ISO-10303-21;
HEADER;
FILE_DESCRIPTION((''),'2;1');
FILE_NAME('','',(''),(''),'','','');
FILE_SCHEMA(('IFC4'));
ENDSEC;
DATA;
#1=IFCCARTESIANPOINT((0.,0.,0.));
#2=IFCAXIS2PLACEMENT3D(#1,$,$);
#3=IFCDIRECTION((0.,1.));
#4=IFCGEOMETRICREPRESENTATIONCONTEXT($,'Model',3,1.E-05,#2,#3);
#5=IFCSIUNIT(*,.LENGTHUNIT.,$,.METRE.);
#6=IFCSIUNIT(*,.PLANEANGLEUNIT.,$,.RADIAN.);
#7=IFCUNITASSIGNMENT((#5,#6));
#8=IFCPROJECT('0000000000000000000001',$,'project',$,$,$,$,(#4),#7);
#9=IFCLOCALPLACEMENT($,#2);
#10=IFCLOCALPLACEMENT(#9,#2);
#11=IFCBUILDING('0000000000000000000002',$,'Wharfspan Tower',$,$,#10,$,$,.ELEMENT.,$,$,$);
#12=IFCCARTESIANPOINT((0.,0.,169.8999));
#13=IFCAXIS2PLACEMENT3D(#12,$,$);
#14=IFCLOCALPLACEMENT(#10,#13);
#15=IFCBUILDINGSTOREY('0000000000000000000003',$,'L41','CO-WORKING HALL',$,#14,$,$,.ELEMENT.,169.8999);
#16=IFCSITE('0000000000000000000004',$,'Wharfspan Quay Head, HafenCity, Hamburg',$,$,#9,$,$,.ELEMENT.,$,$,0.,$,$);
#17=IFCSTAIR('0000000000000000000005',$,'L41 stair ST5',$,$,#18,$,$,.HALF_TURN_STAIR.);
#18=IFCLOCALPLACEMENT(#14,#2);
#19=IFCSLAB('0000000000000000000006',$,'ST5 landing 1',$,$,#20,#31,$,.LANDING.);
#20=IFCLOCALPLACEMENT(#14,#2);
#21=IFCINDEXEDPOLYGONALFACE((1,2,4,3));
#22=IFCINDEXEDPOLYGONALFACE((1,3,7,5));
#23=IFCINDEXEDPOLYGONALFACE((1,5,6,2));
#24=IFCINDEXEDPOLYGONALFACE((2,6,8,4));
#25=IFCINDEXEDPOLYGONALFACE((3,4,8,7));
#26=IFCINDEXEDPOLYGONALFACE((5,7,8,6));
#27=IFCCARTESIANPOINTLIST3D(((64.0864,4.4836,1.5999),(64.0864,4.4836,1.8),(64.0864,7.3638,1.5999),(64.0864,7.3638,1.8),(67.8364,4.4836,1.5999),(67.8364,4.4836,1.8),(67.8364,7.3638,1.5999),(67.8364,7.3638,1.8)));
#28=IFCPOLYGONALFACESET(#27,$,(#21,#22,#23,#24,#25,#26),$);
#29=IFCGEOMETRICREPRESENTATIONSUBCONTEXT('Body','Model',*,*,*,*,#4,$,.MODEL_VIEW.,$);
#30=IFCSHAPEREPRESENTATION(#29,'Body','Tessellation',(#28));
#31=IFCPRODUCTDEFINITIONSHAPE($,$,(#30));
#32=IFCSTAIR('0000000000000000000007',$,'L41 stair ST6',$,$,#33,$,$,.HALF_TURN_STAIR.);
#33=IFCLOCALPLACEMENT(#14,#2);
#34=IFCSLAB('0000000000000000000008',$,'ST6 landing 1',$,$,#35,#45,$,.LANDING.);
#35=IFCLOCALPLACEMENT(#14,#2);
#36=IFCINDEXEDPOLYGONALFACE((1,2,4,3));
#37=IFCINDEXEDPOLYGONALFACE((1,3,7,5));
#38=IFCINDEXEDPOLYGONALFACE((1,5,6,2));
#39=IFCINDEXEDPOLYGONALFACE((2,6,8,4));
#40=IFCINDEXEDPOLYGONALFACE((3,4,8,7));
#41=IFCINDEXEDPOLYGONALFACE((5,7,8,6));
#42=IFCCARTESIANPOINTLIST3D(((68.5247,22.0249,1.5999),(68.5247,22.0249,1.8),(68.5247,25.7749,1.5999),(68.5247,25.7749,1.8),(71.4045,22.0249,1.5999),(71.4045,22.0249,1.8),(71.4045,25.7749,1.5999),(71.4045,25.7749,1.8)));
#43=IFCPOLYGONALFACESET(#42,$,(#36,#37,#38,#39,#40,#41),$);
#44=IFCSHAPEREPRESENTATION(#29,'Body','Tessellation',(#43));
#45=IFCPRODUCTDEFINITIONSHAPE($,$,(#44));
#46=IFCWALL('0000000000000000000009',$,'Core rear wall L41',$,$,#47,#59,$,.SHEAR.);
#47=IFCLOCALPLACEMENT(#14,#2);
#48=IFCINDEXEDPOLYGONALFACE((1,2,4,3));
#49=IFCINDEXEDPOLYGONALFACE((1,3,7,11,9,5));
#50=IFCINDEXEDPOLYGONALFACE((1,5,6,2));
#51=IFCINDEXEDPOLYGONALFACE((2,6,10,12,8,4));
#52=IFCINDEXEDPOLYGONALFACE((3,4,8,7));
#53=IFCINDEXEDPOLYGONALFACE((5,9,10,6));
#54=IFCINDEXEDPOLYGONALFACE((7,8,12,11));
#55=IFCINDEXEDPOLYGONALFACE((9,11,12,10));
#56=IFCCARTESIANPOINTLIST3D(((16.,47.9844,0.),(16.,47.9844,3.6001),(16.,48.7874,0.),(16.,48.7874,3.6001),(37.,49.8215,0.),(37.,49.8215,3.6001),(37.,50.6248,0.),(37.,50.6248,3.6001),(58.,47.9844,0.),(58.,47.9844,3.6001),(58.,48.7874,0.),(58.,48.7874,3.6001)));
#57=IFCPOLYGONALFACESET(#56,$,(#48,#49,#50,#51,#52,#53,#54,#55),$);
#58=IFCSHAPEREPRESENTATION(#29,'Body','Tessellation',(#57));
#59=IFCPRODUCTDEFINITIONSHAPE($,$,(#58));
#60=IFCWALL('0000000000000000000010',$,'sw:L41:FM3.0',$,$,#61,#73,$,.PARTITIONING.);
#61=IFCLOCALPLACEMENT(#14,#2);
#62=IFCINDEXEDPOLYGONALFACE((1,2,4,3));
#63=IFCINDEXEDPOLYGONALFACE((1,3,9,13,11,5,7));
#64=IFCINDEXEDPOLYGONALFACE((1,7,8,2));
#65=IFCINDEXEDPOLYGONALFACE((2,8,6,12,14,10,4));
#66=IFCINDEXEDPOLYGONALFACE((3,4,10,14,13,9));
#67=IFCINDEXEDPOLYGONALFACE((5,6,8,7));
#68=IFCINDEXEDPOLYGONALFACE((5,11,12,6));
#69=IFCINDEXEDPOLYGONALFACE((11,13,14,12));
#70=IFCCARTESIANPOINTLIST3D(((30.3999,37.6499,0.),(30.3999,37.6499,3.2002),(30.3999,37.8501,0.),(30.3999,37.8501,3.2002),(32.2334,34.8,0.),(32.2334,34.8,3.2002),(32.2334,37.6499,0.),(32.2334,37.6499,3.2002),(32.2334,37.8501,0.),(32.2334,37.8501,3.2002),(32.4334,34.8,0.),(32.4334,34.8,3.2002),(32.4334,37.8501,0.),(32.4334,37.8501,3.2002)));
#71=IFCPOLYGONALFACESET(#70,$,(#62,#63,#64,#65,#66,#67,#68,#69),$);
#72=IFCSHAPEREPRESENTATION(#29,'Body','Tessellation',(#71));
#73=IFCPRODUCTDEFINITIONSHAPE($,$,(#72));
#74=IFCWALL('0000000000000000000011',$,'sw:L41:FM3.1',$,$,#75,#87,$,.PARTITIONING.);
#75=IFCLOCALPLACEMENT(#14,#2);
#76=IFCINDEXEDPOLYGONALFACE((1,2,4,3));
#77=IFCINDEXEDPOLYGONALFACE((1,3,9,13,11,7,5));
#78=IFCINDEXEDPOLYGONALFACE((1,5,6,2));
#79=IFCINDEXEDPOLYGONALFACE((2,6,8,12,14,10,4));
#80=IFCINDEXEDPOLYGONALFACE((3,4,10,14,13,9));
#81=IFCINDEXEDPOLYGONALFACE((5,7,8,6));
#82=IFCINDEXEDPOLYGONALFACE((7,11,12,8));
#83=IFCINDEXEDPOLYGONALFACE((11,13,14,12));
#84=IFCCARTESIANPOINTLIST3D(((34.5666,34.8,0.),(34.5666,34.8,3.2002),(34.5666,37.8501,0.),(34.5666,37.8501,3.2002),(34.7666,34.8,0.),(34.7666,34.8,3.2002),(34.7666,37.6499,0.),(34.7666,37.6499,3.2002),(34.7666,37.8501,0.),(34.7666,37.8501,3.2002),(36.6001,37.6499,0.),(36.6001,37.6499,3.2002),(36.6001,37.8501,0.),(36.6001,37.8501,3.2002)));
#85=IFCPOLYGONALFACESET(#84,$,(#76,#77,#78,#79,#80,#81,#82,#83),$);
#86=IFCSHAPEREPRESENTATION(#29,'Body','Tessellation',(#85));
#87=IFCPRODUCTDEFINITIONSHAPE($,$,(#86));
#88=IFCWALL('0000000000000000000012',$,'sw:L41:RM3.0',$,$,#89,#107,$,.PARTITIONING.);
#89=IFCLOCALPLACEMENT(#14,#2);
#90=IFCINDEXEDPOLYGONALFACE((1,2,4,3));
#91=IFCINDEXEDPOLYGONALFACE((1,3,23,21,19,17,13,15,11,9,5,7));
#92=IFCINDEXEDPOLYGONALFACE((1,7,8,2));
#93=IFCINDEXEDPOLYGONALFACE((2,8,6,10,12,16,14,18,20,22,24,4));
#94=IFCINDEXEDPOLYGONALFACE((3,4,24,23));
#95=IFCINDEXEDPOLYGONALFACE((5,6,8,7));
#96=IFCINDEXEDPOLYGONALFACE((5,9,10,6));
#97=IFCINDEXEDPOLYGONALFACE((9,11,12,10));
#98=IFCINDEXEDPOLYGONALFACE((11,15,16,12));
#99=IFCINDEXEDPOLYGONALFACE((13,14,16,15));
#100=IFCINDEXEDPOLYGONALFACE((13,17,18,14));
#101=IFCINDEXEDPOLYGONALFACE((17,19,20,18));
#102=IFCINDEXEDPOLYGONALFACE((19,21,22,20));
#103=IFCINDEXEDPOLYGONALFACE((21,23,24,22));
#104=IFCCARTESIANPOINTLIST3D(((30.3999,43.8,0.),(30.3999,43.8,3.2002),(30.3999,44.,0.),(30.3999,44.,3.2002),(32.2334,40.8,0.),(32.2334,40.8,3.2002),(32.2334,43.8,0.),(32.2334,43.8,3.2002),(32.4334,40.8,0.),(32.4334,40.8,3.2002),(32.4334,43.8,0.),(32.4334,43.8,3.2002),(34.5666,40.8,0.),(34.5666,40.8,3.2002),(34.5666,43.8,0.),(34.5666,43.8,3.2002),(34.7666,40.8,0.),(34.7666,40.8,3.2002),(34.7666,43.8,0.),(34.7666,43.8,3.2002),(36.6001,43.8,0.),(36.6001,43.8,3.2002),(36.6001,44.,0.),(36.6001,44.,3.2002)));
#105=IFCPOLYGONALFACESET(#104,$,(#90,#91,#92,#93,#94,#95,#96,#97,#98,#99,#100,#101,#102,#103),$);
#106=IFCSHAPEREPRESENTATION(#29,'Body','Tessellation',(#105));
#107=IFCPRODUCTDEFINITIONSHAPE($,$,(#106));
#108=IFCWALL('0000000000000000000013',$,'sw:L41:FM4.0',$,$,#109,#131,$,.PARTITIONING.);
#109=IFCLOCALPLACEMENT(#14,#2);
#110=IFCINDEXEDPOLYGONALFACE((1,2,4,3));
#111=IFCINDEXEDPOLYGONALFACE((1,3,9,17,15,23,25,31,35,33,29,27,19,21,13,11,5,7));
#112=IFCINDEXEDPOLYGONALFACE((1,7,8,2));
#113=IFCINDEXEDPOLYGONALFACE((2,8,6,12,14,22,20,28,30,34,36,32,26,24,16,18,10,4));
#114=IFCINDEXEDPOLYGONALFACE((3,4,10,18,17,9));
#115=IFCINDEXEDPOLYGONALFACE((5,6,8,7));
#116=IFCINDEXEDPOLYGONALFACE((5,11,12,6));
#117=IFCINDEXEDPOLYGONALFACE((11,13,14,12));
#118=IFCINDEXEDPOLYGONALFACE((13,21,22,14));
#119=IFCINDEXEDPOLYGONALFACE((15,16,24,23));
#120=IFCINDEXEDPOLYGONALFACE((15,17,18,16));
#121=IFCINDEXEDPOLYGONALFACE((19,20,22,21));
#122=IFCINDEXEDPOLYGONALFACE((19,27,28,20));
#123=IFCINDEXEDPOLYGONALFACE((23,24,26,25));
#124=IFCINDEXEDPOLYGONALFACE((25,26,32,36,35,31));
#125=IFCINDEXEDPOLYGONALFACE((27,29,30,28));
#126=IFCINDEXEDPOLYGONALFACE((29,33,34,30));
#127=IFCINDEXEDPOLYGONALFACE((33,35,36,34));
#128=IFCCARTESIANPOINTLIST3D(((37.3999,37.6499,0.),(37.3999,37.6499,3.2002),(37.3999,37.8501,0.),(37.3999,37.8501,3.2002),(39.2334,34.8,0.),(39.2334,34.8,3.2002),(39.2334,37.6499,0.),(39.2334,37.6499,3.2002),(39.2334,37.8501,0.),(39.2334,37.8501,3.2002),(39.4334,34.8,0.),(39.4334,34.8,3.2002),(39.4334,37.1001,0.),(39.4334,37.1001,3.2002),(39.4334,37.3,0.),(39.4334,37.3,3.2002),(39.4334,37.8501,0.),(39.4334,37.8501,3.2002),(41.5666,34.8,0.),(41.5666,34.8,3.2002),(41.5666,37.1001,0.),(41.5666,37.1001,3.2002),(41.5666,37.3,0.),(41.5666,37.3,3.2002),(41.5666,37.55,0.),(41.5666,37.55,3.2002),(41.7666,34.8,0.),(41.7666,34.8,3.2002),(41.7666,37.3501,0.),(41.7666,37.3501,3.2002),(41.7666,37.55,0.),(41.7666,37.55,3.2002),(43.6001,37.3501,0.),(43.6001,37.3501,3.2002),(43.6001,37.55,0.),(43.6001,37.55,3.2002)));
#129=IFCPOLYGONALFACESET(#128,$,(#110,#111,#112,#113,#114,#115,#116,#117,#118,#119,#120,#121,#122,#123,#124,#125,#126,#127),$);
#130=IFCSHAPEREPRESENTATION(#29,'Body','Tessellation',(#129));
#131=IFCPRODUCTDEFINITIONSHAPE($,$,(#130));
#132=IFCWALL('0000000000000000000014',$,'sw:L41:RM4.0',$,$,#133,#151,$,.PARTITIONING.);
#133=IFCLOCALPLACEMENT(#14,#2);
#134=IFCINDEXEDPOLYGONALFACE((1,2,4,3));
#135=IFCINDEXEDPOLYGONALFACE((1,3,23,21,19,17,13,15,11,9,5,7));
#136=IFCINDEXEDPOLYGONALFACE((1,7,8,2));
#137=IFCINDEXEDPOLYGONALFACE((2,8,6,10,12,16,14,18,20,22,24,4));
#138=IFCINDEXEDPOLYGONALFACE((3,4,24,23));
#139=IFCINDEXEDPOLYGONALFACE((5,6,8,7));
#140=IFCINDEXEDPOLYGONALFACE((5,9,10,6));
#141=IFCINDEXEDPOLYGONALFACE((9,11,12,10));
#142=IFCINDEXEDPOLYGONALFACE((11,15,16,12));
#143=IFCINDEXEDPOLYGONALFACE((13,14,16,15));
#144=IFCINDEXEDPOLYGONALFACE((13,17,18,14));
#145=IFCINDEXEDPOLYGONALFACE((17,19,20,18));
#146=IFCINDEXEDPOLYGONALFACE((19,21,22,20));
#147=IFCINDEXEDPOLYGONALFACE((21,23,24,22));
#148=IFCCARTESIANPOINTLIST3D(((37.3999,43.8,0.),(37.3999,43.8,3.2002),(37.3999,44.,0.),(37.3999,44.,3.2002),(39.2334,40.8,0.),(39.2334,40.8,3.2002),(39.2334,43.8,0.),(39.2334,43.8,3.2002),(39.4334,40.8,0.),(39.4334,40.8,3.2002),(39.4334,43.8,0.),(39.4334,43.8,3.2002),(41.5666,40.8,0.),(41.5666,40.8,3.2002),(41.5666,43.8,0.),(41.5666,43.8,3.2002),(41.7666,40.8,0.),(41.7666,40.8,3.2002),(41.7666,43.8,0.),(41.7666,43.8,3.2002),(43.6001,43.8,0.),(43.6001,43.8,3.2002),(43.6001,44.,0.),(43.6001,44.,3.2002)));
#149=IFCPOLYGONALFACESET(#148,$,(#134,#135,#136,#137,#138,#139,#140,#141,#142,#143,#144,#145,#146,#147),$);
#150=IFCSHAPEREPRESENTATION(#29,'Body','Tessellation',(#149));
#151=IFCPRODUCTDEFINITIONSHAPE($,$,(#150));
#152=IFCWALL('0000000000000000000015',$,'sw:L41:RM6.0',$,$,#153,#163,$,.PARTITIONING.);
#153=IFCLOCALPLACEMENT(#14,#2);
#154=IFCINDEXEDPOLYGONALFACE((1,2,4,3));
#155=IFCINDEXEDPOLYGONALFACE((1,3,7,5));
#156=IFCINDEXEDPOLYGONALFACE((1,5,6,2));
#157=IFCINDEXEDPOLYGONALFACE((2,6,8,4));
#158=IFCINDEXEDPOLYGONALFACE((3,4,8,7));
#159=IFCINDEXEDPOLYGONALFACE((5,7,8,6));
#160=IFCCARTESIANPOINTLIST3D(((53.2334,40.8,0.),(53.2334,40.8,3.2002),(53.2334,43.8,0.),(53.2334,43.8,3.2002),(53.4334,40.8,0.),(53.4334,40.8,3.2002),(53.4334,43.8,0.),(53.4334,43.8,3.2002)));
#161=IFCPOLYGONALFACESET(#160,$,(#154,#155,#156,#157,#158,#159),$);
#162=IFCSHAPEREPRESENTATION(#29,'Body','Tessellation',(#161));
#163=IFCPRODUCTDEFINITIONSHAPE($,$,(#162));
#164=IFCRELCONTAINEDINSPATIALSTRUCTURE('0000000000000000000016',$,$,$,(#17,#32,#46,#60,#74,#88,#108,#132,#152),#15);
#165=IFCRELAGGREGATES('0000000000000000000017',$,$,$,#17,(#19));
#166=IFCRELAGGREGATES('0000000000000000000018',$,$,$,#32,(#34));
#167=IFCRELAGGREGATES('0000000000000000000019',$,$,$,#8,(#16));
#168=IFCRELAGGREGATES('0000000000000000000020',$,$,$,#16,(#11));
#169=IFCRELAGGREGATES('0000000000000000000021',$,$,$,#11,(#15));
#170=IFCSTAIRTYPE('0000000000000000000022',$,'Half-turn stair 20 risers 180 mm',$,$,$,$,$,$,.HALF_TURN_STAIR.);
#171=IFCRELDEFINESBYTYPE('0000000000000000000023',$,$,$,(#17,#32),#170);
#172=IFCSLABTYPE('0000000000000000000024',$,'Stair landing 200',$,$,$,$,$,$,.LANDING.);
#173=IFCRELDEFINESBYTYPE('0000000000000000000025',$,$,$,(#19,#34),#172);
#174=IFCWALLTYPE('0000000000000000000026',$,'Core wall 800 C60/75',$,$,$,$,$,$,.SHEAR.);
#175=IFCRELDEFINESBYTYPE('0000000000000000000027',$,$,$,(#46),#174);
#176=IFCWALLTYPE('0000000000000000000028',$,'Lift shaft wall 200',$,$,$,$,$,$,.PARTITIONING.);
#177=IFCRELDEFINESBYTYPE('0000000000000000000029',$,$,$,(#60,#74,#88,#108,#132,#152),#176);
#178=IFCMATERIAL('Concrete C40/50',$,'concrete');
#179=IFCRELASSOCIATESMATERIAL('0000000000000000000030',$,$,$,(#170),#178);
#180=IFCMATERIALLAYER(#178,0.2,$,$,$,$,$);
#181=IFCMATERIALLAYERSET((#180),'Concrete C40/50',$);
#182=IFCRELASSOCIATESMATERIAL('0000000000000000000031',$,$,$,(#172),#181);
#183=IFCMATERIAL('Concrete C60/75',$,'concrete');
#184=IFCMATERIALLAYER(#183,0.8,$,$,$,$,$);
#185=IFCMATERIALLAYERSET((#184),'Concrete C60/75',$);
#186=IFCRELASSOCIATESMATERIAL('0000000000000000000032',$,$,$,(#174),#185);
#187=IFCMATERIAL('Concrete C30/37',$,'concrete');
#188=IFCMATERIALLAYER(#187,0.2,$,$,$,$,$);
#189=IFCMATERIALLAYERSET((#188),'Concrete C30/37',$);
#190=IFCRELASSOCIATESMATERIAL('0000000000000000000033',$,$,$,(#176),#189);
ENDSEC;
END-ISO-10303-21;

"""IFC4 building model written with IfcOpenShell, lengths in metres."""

from ifc_helpers import new_model, si_unit, direction, frame, origin, place, context, subcontext, project, spatial, polyline, outline, extrude, material, layer, layer_set, type_object, element, aggregate, save


model = new_model("IFC4")

# Units and contexts
model_context = context("Model", 3, precision=1e-05, world=origin(), true_north=direction((0.0, 1.0)))
body_context = subcontext(model_context, "Body", "Model", "MODEL_VIEW")
ifc_project = project(units=[si_unit("LENGTHUNIT", "METRE"), si_unit("PLANEANGLEUNIT", "RADIAN")], contexts=[model_context])

# Site, building, storey
site_placement = place(None, origin())
site = spatial("IfcSite", under=ifc_project, at=site_placement, Name="Wharfspan Quay Head, HafenCity, Hamburg", CompositionType="ELEMENT", RefElevation=0.0)
building_placement = place(site_placement, origin())
building = spatial("IfcBuilding", under=site, at=building_placement, Name="Wharfspan Tower", CompositionType="ELEMENT")
storey_placement = place(building_placement, frame((0.0, 0.0, 169.8999)))
storey = spatial("IfcBuildingStorey", under=building, at=storey_placement, Name="L41", Description="CO-WORKING HALL", CompositionType="ELEMENT", Elevation=169.8999)

# Shared definitions
ifc_material_1 = material(Name="Concrete C40/50", Category="concrete")

# Stairs, slabs
stair_type = type_object("IfcStairType", Name="Half-turn stair 20 risers 180 mm", PredefinedType="HALF_TURN_STAIR", material=ifc_material_1)
ifc_layer_1 = layer(ifc_material_1, 0.2)
ifc_layer_set_1 = layer_set([ifc_layer_1], Name="Concrete C40/50")
slab_type_1 = type_object("IfcSlabType", Name="Stair landing 200", PredefinedType="LANDING", material=ifc_layer_set_1)
stair_1_placement = place(storey_placement, origin())
stair_1 = element("IfcStair", 1, at=stair_1_placement, inside=storey, type_object=stair_type, Name="L41 stair ST5", PredefinedType="HALF_TURN_STAIR")
slab_1_placement = place(storey_placement, frame((0.0, 0.0, 1.5999)))
slab_1 = element("IfcSlab", 2, at=slab_1_placement, type_object=slab_type_1, Name="ST5 landing 1", PredefinedType="LANDING", context=body_context, shape_type="SweptSolid", body=[
    extrude(outline(polyline([(64.0864, 7.3638), (64.0864, 4.4836), (67.8364, 4.4836), (67.8364, 7.3638), (64.0864, 7.3638)])), origin(), (0.0, 0.0, 1.0), 0.2002),
])
aggregate(stair_1, [slab_1])
stair_2_placement = place(storey_placement, origin())
stair_2 = element("IfcStair", 3, at=stair_2_placement, inside=storey, type_object=stair_type, Name="L41 stair ST6", PredefinedType="HALF_TURN_STAIR")
slab_2_placement = place(storey_placement, frame((0.0, 0.0, 1.5999)))
slab_2 = element("IfcSlab", 4, at=slab_2_placement, type_object=slab_type_1, Name="ST6 landing 1", PredefinedType="LANDING", context=body_context, shape_type="SweptSolid", body=[
    extrude(outline(polyline([(68.5247, 22.0249), (71.4045, 22.0249), (71.4045, 25.7749), (68.5247, 25.7749), (68.5247, 22.0249)])), origin(), (0.0, 0.0, 1.0), 0.2002),
])
aggregate(stair_2, [slab_2])

# Walls
ifc_material_2 = material(Name="Concrete C60/75", Category="concrete")
ifc_layer_2 = layer(ifc_material_2, 0.8)
ifc_layer_set_2 = layer_set([ifc_layer_2], Name="Concrete C60/75")
wall_type_1 = type_object("IfcWallType", Name="Core wall 800 C60/75", PredefinedType="SHEAR", material=ifc_layer_set_2)
wall_1_placement = place(storey_placement, origin())
element("IfcWall", 5, at=wall_1_placement, inside=storey, type_object=wall_type_1, Name="Core rear wall L41", PredefinedType="SHEAR", context=body_context, shape_type="SweptSolid", body=[
    extrude(outline(polyline([(16.0, 47.9844), (37.0, 49.8215), (58.0, 47.9844), (58.0, 48.7874), (37.0, 50.6248), (16.0, 48.7874), (16.0, 47.9844)])), origin(), (0.0, 0.0, 1.0), 3.6001),
])
ifc_material_3 = material(Name="Concrete C30/37", Category="concrete")
ifc_layer_3 = layer(ifc_material_3, 0.2)
ifc_layer_set_3 = layer_set([ifc_layer_3], Name="Concrete C30/37")
wall_type_2 = type_object("IfcWallType", Name="Lift shaft wall 200", PredefinedType="PARTITIONING", material=ifc_layer_set_3)
wall_2_placement = place(storey_placement, origin())
element("IfcWall", 6, at=wall_2_placement, inside=storey, type_object=wall_type_2, Name="sw:L41:FM3.0", PredefinedType="PARTITIONING", context=body_context, shape_type="SweptSolid", body=[
    extrude(outline(polyline([(32.2334, 37.6499), (30.3999, 37.6499), (30.3999, 37.8501), (32.2334, 37.8501), (32.4333, 37.8501), (32.4333, 34.8), (32.2334, 34.8), (32.2334, 37.6499)])), origin(), (0.0, 0.0, 1.0), 3.2002),
])
wall_3_placement = place(storey_placement, origin())
element("IfcWall", 7, at=wall_3_placement, inside=storey, type_object=wall_type_2, Name="sw:L41:FM3.1", PredefinedType="PARTITIONING", context=body_context, shape_type="SweptSolid", body=[
    extrude(outline(polyline([(34.5667, 37.8501), (34.7666, 37.8501), (36.6001, 37.8501), (36.6001, 37.6499), (34.7666, 37.6499), (34.7666, 34.8), (34.5667, 34.8), (34.5667, 37.8501)])), origin(), (0.0, 0.0, 1.0), 3.2002),
])
wall_4_placement = place(storey_placement, origin())
element("IfcWall", 8, at=wall_4_placement, inside=storey, type_object=wall_type_2, Name="sw:L41:RM3.0", PredefinedType="PARTITIONING", context=body_context, shape_type="SweptSolid", body=[
    extrude(outline(polyline([(32.4333, 40.8), (32.2334, 40.8), (32.2334, 43.8), (30.3999, 43.8), (30.3999, 44.0), (36.6001, 44.0), (36.6001, 43.8), (34.7666, 43.8), (34.7666, 40.8), (34.5667, 40.8), (34.5667, 43.8), (32.4333, 43.8), (32.4333, 40.8)])), origin(), (0.0, 0.0, 1.0), 3.2002),
])
wall_5_placement = place(storey_placement, origin())
element("IfcWall", 9, at=wall_5_placement, inside=storey, type_object=wall_type_2, Name="sw:L41:FM4.0", PredefinedType="PARTITIONING", context=body_context, shape_type="SweptSolid", body=[
    extrude(outline(polyline([(41.5667, 37.1001), (39.4333, 37.1001), (39.4333, 34.8), (39.2334, 34.8), (39.2334, 37.6499), (37.3999, 37.6499), (37.3999, 37.8501), (39.2334, 37.8501), (39.4333, 37.8501), (39.4333, 37.3), (41.5667, 37.3), (41.5667, 37.55), (41.7666, 37.55), (43.6001, 37.55), (43.6001, 37.3501), (41.7666, 37.3501), (41.7666, 34.8), (41.5667, 34.8), (41.5667, 37.1001)])), origin(), (0.0, 0.0, 1.0), 3.2002),
])
wall_6_placement = place(storey_placement, origin())
element("IfcWall", 10, at=wall_6_placement, inside=storey, type_object=wall_type_2, Name="sw:L41:RM4.0", PredefinedType="PARTITIONING", context=body_context, shape_type="SweptSolid", body=[
    extrude(outline(polyline([(39.4333, 40.8), (39.2334, 40.8), (39.2334, 43.8), (37.3999, 43.8), (37.3999, 44.0), (43.6001, 44.0), (43.6001, 43.8), (41.7666, 43.8), (41.7666, 40.8), (41.5667, 40.8), (41.5667, 43.8), (39.4333, 43.8), (39.4333, 40.8)])), origin(), (0.0, 0.0, 1.0), 3.2002),
])
wall_7_placement = place(storey_placement, origin())
element("IfcWall", 11, at=wall_7_placement, inside=storey, type_object=wall_type_2, Name="sw:L41:RM6.0", PredefinedType="PARTITIONING", context=body_context, shape_type="SweptSolid", body=[
    extrude(outline(polyline([(53.4333, 40.8), (53.4333, 43.8), (53.2334, 43.8), (53.2334, 40.8), (53.4333, 40.8)])), origin(), (0.0, 0.0, 1.0), 3.2002),
])

save(model, "model.ifc")
